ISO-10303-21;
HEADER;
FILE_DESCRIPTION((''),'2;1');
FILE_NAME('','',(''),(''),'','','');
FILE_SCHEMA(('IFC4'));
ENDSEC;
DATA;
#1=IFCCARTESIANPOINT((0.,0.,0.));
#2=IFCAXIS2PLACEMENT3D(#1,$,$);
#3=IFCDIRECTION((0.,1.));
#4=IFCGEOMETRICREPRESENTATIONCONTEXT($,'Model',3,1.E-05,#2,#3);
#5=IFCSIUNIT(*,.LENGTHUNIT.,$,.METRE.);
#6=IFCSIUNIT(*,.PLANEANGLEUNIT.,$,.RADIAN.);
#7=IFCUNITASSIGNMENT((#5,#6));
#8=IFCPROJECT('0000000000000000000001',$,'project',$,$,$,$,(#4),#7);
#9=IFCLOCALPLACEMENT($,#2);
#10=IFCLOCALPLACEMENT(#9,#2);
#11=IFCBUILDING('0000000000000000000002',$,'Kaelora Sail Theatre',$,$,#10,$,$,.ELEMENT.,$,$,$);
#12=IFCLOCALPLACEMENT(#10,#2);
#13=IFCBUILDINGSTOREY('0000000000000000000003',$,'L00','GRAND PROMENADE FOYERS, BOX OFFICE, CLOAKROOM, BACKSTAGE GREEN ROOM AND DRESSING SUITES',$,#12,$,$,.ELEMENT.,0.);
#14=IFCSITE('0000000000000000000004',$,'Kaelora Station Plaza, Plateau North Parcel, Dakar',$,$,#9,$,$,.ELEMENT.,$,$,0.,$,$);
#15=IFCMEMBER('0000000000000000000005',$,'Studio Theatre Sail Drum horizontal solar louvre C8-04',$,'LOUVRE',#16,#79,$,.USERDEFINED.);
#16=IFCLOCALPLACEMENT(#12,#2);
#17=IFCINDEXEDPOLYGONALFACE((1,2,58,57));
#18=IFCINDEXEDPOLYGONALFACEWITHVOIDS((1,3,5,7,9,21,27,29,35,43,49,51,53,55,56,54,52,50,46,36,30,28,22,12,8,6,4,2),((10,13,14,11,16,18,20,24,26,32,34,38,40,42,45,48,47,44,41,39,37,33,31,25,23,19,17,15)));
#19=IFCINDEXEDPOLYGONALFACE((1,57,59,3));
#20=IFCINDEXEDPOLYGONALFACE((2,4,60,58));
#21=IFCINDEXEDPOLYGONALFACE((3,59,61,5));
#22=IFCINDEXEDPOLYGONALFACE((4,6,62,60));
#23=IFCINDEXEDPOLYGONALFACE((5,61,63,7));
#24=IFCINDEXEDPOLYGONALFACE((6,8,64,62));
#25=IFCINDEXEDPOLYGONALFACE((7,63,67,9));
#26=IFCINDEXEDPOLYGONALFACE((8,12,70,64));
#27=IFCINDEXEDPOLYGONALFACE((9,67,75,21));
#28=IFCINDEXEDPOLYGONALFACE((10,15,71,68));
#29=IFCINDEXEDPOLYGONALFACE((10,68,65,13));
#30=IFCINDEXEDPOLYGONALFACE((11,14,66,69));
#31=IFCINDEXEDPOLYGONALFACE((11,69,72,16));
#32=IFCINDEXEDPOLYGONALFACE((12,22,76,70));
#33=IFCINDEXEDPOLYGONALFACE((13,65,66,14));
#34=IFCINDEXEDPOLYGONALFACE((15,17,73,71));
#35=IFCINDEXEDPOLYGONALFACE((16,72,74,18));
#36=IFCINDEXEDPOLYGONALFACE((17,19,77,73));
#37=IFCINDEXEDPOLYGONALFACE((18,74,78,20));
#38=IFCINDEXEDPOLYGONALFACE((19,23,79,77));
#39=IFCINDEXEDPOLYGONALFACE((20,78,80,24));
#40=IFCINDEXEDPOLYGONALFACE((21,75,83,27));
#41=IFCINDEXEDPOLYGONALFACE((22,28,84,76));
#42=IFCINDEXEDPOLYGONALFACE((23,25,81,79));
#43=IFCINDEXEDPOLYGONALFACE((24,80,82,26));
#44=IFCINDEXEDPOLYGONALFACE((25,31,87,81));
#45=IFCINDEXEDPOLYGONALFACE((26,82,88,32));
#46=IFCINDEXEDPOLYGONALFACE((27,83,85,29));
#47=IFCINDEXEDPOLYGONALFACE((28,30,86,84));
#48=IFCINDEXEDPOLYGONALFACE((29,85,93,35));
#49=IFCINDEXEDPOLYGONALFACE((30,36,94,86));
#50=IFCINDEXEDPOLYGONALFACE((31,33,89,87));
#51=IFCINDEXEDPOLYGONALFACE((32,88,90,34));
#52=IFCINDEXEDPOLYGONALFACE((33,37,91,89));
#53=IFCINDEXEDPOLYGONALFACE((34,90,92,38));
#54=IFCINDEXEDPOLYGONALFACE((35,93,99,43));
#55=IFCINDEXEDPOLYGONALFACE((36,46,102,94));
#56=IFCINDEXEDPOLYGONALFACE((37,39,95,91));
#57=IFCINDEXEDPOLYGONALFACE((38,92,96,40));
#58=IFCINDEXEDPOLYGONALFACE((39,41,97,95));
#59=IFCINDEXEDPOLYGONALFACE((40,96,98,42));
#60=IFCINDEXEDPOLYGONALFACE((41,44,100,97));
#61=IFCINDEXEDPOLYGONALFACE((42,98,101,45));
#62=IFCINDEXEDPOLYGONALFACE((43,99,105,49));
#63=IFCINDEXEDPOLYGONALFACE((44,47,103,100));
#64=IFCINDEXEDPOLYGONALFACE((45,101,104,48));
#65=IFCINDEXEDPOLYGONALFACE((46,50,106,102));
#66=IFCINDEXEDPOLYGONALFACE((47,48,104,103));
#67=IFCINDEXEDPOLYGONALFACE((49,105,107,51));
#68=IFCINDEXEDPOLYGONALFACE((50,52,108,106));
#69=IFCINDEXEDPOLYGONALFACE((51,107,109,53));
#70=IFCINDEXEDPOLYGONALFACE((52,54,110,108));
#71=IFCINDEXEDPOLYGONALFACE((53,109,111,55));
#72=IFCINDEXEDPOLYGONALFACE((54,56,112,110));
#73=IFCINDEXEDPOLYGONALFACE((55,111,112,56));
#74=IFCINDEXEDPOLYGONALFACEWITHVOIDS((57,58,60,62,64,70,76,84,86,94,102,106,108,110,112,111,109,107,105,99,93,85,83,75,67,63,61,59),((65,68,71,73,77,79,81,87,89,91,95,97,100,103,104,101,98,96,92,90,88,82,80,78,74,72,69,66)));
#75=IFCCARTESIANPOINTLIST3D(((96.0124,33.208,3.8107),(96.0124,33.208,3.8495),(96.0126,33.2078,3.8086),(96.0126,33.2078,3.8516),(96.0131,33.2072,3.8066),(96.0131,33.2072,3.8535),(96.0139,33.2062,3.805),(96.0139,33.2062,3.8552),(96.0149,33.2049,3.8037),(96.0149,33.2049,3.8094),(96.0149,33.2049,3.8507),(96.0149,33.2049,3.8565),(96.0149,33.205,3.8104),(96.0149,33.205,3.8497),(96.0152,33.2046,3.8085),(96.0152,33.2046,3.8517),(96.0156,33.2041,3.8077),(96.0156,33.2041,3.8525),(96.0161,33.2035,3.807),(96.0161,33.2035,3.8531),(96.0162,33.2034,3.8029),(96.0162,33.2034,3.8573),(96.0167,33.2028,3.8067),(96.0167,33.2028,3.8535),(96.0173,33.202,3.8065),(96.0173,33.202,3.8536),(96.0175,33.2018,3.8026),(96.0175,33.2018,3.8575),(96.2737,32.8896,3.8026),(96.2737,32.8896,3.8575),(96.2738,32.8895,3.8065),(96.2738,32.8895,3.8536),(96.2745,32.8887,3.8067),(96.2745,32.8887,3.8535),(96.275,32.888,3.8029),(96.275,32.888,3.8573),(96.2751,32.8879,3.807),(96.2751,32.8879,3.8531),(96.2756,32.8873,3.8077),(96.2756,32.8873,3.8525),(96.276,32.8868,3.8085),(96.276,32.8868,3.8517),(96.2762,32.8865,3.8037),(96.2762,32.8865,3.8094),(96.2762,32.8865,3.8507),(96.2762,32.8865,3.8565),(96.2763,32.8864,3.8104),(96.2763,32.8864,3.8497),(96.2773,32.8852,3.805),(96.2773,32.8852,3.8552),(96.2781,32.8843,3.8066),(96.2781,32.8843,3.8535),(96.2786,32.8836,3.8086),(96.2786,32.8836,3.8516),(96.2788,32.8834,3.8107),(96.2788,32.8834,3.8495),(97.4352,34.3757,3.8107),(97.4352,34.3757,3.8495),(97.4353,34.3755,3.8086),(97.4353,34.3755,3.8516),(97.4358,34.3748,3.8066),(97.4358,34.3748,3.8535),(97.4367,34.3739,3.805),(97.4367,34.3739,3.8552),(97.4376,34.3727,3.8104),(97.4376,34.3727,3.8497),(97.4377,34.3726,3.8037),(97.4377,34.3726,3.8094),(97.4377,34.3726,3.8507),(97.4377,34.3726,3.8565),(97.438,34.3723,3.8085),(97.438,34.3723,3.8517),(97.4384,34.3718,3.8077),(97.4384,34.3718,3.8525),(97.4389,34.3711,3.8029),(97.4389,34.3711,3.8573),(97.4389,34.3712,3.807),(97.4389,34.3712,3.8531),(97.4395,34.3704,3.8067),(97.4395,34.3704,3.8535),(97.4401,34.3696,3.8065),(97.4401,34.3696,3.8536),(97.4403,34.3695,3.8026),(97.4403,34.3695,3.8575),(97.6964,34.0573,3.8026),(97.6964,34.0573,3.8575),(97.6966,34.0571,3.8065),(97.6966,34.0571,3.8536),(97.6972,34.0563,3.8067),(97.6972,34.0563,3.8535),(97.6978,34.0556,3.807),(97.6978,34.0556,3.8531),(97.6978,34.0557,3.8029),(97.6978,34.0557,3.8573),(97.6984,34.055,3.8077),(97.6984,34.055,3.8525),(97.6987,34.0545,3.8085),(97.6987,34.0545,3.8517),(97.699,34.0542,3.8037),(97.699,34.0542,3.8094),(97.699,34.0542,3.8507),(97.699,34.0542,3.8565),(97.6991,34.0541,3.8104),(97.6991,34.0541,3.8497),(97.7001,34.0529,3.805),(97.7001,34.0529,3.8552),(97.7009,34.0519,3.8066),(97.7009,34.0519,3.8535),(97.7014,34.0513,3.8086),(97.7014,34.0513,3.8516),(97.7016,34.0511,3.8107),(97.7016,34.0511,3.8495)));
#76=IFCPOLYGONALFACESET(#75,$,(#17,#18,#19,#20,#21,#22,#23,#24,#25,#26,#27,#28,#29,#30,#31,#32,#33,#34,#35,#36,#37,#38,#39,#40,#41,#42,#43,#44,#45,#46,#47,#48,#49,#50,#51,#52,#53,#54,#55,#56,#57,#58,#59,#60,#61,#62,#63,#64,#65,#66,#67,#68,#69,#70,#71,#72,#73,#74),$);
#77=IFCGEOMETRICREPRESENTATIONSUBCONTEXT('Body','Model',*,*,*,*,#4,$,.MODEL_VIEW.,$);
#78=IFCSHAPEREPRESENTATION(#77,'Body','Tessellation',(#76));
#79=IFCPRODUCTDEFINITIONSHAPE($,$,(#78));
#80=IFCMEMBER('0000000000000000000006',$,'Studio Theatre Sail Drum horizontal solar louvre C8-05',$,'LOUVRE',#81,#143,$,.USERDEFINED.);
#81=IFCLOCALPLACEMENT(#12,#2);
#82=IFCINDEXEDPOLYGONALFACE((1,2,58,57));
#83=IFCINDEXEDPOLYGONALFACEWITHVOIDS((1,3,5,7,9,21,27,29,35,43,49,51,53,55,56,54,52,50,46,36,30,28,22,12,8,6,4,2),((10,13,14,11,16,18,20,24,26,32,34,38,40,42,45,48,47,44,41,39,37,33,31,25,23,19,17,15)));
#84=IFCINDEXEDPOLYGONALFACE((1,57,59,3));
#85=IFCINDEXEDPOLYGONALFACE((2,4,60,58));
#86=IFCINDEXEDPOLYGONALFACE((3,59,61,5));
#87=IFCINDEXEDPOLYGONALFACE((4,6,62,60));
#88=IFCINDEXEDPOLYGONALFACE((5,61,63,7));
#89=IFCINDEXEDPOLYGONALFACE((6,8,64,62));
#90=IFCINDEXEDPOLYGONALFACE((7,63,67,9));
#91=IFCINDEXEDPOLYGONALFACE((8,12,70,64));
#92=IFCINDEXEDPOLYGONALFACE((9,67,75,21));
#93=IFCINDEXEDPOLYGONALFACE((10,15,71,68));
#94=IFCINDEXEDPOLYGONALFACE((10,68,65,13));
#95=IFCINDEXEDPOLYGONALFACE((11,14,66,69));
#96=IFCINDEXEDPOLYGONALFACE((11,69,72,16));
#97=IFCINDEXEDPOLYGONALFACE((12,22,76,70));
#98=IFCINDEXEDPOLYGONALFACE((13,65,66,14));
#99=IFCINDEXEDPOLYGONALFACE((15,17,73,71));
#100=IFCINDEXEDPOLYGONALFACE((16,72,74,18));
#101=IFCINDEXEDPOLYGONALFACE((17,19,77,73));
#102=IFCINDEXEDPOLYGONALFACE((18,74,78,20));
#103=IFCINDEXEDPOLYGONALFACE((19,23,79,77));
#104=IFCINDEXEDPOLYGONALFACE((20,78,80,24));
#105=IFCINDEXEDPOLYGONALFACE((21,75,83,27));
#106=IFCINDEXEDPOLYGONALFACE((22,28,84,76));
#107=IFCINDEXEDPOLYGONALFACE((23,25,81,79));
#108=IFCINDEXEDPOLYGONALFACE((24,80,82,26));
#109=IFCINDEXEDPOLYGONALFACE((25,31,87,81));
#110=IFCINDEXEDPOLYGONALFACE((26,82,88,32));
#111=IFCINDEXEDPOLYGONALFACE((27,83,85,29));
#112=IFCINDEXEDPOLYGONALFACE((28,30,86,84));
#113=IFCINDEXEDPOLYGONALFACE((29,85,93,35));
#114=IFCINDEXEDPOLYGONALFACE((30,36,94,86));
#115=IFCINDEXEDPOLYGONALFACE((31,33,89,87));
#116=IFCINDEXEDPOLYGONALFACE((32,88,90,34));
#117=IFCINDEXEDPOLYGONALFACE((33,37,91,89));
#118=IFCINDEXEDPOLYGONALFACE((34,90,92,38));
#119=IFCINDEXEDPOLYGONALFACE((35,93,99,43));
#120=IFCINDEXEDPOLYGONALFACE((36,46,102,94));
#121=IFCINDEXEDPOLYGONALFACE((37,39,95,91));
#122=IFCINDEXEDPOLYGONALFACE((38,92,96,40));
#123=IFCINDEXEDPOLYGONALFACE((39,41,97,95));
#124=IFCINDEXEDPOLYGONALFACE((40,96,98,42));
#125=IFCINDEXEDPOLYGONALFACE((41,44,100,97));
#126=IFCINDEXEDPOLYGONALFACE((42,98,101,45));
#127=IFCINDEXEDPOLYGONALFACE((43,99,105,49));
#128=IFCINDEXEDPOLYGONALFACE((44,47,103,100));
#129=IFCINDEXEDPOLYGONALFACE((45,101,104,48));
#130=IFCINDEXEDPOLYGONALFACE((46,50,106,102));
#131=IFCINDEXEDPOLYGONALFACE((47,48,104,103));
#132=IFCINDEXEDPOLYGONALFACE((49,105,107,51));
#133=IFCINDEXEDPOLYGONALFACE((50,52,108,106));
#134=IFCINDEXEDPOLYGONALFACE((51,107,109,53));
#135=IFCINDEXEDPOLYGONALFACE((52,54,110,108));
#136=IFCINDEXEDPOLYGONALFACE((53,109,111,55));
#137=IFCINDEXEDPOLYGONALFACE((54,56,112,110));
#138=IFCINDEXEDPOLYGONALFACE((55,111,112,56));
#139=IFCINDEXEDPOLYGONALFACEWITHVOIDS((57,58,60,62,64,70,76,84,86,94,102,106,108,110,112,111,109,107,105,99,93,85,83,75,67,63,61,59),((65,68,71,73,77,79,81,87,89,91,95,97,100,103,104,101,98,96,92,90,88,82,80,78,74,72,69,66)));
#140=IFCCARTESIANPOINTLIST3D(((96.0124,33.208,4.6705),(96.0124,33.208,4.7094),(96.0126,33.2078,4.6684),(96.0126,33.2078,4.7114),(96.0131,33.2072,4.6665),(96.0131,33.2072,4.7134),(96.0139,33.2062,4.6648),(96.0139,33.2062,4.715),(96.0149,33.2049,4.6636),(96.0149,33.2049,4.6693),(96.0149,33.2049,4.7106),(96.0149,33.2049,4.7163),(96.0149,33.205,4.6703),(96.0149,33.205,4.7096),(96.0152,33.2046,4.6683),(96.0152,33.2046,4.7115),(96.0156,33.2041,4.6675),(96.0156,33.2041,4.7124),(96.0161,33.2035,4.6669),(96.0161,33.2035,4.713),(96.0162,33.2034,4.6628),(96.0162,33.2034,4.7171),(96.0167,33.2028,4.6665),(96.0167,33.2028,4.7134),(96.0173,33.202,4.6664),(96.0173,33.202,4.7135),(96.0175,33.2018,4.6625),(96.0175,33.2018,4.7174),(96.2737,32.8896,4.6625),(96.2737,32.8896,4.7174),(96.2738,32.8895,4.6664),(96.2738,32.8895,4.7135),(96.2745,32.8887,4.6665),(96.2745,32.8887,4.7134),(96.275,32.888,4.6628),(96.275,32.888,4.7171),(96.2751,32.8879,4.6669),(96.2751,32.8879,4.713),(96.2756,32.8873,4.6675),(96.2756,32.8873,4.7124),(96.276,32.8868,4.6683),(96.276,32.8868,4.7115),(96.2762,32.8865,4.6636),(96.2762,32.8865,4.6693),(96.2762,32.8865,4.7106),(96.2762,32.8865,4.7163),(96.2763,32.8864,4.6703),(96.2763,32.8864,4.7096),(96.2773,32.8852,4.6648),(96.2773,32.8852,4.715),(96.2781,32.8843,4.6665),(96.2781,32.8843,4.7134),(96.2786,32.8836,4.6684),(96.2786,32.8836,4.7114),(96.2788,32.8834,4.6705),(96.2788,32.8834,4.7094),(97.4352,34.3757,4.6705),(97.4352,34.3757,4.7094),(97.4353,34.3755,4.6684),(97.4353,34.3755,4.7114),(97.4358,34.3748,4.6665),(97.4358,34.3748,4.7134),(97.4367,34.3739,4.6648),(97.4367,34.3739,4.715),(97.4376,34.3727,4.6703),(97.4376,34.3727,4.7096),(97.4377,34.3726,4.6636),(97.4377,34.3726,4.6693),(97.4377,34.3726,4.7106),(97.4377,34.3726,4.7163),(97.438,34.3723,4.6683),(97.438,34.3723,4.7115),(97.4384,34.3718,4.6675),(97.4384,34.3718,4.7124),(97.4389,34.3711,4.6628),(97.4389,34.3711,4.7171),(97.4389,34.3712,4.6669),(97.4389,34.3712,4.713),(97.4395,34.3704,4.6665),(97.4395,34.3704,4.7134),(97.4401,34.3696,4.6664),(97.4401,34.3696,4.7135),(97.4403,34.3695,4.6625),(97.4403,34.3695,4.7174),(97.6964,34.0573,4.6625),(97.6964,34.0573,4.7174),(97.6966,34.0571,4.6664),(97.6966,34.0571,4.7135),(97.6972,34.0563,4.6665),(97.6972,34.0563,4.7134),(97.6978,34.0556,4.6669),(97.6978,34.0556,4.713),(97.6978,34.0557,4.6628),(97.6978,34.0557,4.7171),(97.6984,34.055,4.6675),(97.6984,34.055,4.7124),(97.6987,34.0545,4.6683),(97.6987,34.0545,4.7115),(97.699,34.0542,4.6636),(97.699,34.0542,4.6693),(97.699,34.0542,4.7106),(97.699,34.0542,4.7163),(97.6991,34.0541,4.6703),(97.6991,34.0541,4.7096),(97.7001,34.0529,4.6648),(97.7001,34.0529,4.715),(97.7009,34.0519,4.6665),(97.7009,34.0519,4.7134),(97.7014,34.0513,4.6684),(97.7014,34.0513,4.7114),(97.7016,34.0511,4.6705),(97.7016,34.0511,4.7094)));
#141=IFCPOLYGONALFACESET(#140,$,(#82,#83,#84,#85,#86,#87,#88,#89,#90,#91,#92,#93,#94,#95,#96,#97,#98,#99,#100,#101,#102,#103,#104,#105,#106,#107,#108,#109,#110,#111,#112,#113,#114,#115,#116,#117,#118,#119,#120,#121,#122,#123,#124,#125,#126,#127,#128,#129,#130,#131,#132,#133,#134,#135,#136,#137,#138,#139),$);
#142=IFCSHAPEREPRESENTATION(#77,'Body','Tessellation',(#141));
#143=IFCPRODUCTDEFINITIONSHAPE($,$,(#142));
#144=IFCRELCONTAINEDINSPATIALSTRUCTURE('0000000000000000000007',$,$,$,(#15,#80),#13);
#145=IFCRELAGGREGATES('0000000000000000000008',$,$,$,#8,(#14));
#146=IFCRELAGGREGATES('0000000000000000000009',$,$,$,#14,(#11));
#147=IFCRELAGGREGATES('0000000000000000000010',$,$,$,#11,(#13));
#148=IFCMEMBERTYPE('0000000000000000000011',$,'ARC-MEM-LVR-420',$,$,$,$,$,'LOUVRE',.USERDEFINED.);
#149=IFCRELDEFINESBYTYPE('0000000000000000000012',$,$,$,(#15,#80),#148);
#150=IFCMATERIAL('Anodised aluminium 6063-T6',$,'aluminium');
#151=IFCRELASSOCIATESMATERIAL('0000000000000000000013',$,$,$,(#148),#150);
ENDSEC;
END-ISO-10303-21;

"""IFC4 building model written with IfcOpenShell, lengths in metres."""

from ifc_helpers import new_model, si_unit, direction, frame, origin, origin_2d, place, context, subcontext, project, spatial, hollow_rectangle, extrude, material, material_profile, profile_set, type_object, element, save


model = new_model("IFC4")

# Units and contexts
model_context = context("Model", 3, precision=1e-05, world=origin(), true_north=direction((0.0, 1.0)))
body_context = subcontext(model_context, "Body", "Model", "MODEL_VIEW")
ifc_project = project(units=[si_unit("LENGTHUNIT", "METRE"), si_unit("PLANEANGLEUNIT", "RADIAN")], contexts=[model_context])

# Site, building, storey
site_placement = place(None, origin())
site = spatial("IfcSite", under=ifc_project, at=site_placement, Name="Kaelora Station Plaza, Plateau North Parcel, Dakar", CompositionType="ELEMENT", RefElevation=0.0)
building_placement = place(site_placement, origin())
building = spatial("IfcBuilding", under=site, at=building_placement, Name="Kaelora Sail Theatre", CompositionType="ELEMENT")
storey_placement = place(building_placement, origin())
storey = spatial("IfcBuildingStorey", under=building, at=storey_placement, Name="L00", Description="GRAND PROMENADE FOYERS, BOX OFFICE, CLOAKROOM, BACKSTAGE GREEN ROOM AND DRESSING SUITES", CompositionType="ELEMENT", Elevation=0.0)

# Members
ifc_material_1 = material(Name="Anodised aluminium 6063-T6", Category="aluminium")
ifc_material_profile_1 = material_profile(ifc_material_1, hollow_rectangle(XDim=0.4199, YDim=0.0549, WallThickness=0.0039, InnerFilletRadius=0.0039, OuterFilletRadius=0.0081, at=origin_2d()), Name="LOUVRE 420x55x4")
ifc_profile_set_1 = profile_set([ifc_material_profile_1], Name="Anodised aluminium 6063-T6")
member_type_1 = type_object("IfcMemberType", Name="ARC-MEM-LVR-420", ElementType="LOUVRE", PredefinedType="USERDEFINED", material=ifc_profile_set_1)
for number, where, z_axis, x_axis, name in (
    (1, (97.5684, 34.2134, 3.8301), (-0.773005, -0.6344, 0.0), (0.6344, -0.773005, 0.0), "Studio Theatre Sail Drum horizontal solar louvre C8-04"),
    (2, (97.5684, 34.2134, 4.6899), (-0.773005, -0.6344, 0.0), (0.6344, -0.773005, 0.0), "Studio Theatre Sail Drum horizontal solar louvre C8-05"),
):
    element("IfcMember", number, at=place(storey_placement, frame(where, z_axis=z_axis, x_axis=x_axis)), inside=storey, type_object=member_type_1, Name=name, ObjectType="LOUVRE", PredefinedType="USERDEFINED", context=body_context, shape_type="SweptSolid", body=[
        extrude(hollow_rectangle(XDim=0.4199, YDim=0.0549, WallThickness=0.0039, InnerFilletRadius=0.0039, OuterFilletRadius=0.0081, at=origin_2d()), origin(), (0.0, 0.0, 1.0), 1.8406),
    ])

save(model, "model.ifc")
